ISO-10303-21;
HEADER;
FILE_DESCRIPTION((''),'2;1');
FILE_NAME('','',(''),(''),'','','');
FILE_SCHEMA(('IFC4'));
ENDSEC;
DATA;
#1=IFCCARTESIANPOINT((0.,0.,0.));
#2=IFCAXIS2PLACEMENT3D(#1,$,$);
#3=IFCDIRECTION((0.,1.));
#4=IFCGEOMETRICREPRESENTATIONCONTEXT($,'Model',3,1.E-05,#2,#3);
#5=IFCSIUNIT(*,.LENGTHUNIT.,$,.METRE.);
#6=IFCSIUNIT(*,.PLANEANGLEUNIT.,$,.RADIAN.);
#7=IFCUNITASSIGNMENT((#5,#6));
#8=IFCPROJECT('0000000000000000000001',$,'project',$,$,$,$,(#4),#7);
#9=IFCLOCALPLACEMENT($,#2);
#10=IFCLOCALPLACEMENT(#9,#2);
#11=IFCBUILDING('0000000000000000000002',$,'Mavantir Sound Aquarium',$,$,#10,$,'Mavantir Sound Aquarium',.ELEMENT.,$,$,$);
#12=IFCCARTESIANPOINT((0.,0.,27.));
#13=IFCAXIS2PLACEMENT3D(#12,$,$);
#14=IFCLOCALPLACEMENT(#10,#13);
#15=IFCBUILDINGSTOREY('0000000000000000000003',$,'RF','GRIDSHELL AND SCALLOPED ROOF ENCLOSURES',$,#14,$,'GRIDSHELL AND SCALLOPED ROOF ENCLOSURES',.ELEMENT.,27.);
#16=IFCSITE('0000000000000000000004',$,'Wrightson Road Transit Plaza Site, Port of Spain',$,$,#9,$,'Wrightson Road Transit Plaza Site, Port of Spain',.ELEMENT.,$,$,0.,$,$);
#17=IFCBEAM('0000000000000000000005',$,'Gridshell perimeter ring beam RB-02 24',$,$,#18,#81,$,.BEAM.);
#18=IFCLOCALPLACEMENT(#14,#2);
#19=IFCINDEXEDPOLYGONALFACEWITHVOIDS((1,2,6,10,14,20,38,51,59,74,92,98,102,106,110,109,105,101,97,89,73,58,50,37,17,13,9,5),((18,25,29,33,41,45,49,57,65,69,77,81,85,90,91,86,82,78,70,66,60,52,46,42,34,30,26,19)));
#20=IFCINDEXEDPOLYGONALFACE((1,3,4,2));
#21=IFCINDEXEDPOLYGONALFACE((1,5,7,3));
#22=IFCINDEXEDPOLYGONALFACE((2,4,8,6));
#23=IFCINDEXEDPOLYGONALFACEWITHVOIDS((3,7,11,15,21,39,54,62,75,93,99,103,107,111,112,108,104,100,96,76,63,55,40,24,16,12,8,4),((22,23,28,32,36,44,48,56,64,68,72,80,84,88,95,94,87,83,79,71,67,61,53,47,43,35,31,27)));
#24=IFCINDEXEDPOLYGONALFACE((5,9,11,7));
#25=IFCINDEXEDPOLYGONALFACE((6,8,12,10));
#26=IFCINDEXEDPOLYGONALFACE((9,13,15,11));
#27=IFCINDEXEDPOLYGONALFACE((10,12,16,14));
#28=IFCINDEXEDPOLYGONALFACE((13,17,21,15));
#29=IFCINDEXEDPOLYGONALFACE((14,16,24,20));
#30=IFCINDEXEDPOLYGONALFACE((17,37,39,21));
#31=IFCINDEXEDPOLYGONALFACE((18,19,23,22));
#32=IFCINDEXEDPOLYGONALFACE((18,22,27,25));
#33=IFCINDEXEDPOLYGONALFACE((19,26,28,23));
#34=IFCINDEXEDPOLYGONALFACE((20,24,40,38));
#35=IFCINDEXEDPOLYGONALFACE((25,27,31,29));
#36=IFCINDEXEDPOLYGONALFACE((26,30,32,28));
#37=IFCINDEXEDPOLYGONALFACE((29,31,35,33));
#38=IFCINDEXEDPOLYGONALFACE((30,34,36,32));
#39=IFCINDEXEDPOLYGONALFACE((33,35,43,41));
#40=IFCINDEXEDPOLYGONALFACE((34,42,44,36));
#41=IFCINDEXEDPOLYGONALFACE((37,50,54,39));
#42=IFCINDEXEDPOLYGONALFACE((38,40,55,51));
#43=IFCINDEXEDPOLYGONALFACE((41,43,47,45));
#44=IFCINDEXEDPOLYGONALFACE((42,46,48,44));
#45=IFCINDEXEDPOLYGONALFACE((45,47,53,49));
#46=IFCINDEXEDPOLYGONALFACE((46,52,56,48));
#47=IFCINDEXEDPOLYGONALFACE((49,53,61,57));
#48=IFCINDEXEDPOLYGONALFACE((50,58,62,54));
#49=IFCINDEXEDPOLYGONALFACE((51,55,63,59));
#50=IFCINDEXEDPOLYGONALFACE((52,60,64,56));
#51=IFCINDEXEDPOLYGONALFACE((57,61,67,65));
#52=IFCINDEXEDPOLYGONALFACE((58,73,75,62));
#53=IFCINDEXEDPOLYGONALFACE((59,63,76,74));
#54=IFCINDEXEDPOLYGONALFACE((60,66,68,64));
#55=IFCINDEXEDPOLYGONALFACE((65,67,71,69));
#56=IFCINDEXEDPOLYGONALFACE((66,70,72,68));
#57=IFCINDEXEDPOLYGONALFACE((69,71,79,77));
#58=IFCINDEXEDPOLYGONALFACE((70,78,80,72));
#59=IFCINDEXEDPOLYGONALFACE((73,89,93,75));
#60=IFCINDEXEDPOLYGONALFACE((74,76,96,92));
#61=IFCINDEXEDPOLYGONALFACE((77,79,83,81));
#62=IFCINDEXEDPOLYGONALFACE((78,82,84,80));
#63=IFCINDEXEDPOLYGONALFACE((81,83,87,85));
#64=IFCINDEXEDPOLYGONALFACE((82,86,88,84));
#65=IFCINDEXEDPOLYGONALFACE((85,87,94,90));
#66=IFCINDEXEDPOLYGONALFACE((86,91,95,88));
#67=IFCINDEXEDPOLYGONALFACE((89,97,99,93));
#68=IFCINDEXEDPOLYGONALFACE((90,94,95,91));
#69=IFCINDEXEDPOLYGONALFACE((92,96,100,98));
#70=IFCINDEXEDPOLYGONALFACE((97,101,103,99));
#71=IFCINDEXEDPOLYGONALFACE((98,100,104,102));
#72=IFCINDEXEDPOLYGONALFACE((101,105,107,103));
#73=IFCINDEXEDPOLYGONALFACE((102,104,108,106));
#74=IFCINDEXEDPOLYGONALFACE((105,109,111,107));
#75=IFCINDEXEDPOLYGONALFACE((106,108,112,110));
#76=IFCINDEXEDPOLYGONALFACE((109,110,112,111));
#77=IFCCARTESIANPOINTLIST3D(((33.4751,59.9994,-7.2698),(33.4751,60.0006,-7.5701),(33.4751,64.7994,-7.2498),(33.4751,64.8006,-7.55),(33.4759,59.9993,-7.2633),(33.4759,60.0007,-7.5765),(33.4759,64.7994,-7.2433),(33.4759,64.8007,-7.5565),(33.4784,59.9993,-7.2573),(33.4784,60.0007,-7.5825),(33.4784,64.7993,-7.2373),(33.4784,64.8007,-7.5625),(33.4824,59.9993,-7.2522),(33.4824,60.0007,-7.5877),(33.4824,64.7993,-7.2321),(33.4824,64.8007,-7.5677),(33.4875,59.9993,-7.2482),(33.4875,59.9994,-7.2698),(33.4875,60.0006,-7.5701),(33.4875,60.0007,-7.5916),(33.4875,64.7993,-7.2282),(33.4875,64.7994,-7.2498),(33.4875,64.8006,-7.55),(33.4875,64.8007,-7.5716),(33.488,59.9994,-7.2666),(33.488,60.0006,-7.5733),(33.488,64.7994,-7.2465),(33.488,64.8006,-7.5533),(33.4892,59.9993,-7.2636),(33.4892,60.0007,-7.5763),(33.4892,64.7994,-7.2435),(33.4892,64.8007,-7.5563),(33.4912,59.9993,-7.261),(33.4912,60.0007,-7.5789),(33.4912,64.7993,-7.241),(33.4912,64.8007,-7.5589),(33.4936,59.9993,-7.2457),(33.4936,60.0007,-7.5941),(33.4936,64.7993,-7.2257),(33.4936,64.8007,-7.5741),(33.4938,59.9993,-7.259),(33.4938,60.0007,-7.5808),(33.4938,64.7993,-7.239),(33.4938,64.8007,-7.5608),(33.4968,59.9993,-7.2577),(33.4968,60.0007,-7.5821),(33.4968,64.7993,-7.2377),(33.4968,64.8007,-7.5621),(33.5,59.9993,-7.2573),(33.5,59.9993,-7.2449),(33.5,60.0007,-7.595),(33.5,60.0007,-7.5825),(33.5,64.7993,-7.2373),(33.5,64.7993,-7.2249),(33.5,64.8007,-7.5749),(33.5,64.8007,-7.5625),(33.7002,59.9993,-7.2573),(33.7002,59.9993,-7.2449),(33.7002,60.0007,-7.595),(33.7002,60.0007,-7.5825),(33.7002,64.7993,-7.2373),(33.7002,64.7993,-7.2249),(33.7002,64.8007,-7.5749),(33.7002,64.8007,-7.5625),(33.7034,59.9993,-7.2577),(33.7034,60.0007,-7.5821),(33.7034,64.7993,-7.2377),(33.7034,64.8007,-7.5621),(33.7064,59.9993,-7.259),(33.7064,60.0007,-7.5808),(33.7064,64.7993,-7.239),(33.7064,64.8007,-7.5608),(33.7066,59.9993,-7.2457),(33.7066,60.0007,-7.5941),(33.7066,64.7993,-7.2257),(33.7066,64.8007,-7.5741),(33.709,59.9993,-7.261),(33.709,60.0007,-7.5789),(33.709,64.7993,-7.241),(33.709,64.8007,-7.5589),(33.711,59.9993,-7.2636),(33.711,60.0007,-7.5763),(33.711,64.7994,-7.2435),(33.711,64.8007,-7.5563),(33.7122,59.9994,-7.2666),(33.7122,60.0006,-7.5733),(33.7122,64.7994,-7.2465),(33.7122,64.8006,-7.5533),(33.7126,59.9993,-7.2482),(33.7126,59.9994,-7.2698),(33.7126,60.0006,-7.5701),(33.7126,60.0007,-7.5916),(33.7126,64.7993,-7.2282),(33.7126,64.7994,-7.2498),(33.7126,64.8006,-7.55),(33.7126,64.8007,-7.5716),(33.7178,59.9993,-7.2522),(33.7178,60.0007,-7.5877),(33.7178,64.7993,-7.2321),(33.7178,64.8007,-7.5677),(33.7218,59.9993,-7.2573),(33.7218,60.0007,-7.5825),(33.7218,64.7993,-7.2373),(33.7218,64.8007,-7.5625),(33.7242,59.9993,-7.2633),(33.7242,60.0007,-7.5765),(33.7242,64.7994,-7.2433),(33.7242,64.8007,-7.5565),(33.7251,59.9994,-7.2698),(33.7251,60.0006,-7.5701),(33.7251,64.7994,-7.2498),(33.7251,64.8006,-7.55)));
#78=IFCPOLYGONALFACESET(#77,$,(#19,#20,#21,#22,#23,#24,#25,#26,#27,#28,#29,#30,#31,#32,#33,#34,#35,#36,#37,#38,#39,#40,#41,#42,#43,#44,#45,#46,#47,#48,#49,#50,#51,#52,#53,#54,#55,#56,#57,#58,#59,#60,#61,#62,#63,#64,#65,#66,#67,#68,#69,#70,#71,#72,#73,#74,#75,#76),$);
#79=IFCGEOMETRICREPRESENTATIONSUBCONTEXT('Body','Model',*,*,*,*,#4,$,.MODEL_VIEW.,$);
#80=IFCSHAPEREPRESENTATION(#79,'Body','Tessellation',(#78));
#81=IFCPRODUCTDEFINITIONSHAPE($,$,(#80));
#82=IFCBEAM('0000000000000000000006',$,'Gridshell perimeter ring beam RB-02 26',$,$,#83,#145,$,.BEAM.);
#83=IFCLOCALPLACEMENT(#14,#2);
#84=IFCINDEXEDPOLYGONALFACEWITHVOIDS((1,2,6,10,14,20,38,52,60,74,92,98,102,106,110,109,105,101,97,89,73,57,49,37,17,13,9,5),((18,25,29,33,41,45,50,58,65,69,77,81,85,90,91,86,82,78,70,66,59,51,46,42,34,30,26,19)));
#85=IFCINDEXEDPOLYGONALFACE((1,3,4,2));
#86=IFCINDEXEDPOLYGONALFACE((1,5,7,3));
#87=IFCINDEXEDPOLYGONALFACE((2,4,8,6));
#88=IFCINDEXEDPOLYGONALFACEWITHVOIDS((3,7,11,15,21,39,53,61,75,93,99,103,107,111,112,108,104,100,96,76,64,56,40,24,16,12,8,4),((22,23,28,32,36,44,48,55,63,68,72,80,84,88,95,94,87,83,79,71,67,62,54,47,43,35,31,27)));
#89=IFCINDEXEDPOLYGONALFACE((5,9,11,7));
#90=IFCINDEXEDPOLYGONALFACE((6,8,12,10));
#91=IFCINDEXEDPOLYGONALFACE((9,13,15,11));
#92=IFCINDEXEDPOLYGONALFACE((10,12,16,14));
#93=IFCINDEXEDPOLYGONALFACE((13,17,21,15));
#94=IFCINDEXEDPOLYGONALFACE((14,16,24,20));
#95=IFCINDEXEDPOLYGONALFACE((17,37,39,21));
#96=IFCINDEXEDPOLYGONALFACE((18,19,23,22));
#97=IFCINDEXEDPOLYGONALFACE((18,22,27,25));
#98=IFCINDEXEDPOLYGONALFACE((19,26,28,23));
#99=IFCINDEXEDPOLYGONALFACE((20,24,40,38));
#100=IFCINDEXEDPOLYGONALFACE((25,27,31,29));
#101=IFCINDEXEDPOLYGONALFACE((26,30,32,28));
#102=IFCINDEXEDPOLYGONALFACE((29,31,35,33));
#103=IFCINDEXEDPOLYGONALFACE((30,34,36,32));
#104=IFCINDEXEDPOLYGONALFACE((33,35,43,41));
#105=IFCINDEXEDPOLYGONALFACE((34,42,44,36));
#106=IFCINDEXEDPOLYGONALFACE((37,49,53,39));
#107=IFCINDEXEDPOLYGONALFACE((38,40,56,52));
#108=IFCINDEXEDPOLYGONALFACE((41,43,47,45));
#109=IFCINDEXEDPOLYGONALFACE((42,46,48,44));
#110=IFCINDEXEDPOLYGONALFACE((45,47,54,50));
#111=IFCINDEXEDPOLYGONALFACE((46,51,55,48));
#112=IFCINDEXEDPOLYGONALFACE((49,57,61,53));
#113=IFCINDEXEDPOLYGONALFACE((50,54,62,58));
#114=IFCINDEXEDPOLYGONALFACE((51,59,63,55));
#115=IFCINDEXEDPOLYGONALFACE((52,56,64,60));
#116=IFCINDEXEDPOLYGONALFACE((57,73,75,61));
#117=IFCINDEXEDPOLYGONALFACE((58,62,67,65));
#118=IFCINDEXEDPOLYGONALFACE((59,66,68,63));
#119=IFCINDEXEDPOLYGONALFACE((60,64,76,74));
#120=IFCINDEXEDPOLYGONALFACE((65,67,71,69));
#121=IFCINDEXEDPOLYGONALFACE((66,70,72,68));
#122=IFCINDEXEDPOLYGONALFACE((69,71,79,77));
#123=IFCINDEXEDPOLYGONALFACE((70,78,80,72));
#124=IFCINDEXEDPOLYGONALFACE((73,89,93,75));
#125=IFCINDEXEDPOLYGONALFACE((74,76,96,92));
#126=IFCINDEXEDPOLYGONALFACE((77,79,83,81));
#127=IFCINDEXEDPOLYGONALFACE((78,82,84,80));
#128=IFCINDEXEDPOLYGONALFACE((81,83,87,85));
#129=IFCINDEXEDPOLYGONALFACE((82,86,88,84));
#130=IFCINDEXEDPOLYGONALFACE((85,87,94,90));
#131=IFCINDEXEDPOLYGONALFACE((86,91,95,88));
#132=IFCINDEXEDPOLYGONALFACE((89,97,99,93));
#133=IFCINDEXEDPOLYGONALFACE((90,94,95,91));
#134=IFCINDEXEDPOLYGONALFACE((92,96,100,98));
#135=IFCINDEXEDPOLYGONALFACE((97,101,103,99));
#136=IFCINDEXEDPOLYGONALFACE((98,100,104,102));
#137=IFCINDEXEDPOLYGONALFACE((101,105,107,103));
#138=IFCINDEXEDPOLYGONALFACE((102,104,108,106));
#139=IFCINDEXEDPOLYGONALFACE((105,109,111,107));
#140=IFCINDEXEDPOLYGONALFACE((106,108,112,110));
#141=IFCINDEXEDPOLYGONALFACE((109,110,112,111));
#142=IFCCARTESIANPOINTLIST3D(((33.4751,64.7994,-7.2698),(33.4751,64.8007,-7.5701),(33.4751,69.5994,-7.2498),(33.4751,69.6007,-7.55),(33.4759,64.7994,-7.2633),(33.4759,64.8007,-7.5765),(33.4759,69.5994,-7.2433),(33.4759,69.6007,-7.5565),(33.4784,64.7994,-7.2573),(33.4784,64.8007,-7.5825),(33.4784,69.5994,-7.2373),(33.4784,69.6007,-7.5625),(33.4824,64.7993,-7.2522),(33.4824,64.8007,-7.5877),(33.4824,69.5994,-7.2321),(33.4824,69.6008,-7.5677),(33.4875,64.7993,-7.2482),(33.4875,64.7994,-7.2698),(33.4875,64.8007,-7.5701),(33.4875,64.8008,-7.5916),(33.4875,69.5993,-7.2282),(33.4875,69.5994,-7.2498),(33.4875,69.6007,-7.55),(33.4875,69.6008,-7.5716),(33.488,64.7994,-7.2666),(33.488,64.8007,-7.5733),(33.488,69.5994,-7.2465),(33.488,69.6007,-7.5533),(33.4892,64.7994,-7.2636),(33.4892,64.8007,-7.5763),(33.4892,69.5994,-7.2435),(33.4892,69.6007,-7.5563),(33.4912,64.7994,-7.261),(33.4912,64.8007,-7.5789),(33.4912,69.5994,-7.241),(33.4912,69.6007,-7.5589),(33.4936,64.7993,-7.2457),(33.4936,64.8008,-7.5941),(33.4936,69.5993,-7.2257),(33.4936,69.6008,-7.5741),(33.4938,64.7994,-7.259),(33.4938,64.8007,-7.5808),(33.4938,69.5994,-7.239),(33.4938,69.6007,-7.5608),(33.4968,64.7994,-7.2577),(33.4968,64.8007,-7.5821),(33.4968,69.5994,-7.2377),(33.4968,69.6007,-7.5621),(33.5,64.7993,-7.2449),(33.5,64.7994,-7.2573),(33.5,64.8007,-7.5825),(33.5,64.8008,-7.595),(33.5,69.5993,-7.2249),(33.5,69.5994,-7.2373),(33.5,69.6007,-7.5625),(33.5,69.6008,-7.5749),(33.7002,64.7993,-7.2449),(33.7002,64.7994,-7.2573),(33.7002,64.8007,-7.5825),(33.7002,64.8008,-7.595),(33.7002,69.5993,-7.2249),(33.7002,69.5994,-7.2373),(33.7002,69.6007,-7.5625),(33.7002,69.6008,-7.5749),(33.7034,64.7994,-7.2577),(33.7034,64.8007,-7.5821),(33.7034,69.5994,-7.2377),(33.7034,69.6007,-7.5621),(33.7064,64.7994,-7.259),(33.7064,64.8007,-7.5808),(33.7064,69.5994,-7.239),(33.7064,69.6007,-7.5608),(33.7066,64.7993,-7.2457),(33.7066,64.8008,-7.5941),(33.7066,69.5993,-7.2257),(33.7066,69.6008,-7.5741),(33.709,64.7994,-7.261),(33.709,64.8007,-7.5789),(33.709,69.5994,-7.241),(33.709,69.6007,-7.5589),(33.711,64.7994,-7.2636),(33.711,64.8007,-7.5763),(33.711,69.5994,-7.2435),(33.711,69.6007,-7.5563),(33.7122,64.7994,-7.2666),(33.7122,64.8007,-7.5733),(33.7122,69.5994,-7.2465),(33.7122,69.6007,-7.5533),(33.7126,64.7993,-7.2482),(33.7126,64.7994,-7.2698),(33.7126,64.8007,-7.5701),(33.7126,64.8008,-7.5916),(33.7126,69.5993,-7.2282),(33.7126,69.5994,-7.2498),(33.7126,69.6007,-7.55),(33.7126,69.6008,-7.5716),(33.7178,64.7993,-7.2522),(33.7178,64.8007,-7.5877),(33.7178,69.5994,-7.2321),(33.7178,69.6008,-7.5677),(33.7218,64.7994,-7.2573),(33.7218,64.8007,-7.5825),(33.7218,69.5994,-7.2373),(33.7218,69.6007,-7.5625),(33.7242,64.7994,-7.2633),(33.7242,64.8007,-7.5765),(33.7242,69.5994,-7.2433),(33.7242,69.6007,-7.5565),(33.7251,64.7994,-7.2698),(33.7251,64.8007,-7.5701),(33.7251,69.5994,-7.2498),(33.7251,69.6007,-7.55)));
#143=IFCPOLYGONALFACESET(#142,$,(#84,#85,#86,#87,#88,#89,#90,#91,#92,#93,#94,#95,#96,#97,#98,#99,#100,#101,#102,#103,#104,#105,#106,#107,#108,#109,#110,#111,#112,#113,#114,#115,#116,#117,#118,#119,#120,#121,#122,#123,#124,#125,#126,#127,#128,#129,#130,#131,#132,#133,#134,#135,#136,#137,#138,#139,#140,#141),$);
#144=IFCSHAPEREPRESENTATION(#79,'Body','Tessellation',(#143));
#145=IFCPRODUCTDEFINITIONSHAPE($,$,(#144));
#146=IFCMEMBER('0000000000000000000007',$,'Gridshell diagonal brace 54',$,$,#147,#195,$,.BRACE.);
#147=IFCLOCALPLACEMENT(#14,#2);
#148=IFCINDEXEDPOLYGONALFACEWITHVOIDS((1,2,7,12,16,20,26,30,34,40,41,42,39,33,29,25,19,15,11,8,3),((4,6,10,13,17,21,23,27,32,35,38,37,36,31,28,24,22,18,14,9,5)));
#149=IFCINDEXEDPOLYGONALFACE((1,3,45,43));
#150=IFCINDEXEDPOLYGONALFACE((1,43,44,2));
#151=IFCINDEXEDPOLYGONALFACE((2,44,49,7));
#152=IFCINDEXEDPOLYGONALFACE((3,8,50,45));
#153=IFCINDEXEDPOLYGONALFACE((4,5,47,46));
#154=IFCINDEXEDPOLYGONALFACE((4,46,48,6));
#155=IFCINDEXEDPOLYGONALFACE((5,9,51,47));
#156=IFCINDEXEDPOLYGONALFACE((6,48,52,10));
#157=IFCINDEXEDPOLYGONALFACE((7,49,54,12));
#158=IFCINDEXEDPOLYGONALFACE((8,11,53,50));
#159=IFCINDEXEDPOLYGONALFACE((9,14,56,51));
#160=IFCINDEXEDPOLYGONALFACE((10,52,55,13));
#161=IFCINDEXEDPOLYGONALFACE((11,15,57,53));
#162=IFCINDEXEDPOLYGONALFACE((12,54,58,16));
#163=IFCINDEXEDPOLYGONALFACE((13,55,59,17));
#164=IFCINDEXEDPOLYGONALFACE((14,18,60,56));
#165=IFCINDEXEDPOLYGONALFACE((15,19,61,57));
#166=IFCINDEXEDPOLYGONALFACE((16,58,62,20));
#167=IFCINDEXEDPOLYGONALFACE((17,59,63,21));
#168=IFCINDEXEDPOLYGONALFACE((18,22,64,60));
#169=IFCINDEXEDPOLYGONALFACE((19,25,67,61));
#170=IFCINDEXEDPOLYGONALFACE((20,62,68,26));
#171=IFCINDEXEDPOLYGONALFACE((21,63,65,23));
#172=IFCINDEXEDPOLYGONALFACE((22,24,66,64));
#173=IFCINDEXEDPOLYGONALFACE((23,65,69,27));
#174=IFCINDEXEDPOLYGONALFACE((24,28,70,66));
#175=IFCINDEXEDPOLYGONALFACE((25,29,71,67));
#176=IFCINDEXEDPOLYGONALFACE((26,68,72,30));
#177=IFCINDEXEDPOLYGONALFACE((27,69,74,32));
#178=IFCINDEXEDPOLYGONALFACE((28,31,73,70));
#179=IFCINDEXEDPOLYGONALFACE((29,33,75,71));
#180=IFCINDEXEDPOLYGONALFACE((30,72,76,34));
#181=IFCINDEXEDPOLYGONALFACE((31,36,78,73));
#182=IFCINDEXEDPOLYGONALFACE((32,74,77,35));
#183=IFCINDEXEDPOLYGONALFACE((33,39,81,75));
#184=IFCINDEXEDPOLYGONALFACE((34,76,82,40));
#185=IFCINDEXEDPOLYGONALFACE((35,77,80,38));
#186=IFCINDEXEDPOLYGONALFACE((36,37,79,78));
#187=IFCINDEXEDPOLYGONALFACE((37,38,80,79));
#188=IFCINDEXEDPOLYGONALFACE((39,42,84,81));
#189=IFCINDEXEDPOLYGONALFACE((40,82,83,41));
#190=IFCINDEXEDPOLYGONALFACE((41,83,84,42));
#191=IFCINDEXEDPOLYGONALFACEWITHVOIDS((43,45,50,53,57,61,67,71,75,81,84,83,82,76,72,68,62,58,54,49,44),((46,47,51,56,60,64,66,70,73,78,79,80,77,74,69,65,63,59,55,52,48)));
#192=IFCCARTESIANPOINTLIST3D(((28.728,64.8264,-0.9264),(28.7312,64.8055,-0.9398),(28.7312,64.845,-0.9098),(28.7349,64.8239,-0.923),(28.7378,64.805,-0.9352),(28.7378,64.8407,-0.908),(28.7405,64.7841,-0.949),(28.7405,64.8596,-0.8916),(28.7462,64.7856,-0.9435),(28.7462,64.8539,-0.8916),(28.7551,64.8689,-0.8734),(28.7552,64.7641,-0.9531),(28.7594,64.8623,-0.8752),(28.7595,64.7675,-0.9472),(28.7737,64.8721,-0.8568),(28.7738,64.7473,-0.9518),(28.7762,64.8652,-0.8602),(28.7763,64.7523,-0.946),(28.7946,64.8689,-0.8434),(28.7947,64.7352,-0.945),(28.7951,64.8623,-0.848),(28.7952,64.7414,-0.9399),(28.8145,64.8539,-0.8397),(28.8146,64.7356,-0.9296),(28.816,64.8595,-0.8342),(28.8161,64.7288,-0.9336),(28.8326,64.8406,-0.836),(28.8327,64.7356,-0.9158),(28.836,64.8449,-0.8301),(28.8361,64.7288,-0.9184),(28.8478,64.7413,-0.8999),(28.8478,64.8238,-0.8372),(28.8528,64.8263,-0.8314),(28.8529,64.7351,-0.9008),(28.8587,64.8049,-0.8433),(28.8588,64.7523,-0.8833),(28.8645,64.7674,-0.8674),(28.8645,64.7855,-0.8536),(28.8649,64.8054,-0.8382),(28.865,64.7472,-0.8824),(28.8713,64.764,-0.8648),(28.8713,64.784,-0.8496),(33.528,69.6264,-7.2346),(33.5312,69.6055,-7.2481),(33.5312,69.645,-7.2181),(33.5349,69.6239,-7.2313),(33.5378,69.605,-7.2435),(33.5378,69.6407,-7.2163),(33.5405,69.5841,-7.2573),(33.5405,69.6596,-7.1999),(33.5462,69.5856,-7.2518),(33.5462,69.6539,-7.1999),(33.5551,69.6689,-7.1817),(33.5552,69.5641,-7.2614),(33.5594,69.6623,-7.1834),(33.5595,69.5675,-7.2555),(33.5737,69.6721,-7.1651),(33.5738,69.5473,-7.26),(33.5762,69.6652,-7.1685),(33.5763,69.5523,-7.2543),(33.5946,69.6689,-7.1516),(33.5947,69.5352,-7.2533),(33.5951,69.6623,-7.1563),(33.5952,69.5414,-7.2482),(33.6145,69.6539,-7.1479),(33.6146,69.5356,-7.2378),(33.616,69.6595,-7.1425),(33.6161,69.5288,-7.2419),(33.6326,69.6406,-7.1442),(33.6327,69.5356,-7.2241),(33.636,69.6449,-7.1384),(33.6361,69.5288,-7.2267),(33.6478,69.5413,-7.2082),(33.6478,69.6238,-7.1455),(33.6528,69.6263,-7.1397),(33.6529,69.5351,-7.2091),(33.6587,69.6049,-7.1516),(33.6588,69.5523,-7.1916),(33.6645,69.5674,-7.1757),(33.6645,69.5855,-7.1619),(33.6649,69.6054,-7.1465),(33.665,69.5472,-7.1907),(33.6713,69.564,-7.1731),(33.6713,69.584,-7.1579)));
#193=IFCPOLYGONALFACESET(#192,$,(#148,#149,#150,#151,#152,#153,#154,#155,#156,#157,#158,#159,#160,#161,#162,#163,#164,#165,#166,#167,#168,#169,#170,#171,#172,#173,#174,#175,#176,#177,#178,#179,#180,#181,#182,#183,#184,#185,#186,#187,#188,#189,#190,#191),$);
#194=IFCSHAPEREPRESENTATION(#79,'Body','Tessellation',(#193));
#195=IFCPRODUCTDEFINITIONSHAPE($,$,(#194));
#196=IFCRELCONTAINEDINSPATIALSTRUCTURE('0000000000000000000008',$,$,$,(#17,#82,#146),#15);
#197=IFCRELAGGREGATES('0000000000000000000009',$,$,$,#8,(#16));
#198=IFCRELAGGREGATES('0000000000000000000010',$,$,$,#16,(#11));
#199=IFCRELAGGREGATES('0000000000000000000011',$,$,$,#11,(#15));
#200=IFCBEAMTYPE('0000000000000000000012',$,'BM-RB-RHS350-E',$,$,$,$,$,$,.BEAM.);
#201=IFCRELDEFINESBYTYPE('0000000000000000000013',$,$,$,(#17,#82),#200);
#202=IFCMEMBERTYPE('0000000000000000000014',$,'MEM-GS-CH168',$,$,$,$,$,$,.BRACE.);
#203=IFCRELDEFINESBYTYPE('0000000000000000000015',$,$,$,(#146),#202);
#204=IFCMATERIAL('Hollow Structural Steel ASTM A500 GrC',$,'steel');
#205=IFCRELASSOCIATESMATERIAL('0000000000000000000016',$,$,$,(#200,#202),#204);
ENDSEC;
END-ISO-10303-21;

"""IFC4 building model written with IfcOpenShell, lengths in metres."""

from ifc_helpers import new_model, si_unit, direction, frame, origin, origin_2d, place, context, subcontext, project, spatial, hollow_rectangle, hollow_circle, extrude, material, material_profile, profile_set, type_object, element, save


model = new_model("IFC4")

# Units and contexts
model_context = context("Model", 3, precision=1e-05, world=origin(), true_north=direction((0.0, 1.0)))
body_context = subcontext(model_context, "Body", "Model", "MODEL_VIEW")
ifc_project = project(units=[si_unit("LENGTHUNIT", "METRE"), si_unit("PLANEANGLEUNIT", "RADIAN")], contexts=[model_context])

# Site, building, storey
site_placement = place(None, origin())
site = spatial("IfcSite", under=ifc_project, at=site_placement, Name="Wrightson Road Transit Plaza Site, Port of Spain", LongName="Wrightson Road Transit Plaza Site, Port of Spain", CompositionType="ELEMENT", RefElevation=0.0)
building_placement = place(site_placement, origin())
building = spatial("IfcBuilding", under=site, at=building_placement, Name="Mavantir Sound Aquarium", LongName="Mavantir Sound Aquarium", CompositionType="ELEMENT")
storey_placement = place(building_placement, frame((0.0, 0.0, 27.0)))
storey = spatial("IfcBuildingStorey", under=building, at=storey_placement, Name="RF", Description="GRIDSHELL AND SCALLOPED ROOF ENCLOSURES", LongName="GRIDSHELL AND SCALLOPED ROOF ENCLOSURES", CompositionType="ELEMENT", Elevation=27.0)

# Beams
ifc_material_1 = material(Name="Hollow Structural Steel ASTM A500 GrC", Category="steel")
ifc_material_profile_1 = material_profile(ifc_material_1, hollow_rectangle(XDim=0.25, YDim=0.3501, WallThickness=0.0125, InnerFilletRadius=0.0125, OuterFilletRadius=0.0249, at=origin_2d()), Name="RHS 350X250X12.5")
ifc_profile_set_1 = profile_set([ifc_material_profile_1], Name="Hollow Structural Steel ASTM A500 GrC")
beam_type = type_object("IfcBeamType", Name="BM-RB-RHS350-E", PredefinedType="BEAM", material=ifc_profile_set_1)
for number, where, z_axis, x_axis, name in (
    (1, (33.6001, 60.0, -7.4199), (0.0, 0.999991, 0.004171), (-1.0, 0.0, 0.0), "Gridshell perimeter ring beam RB-02 24"),
    (2, (33.6001, 64.8, -7.4199), (0.0, 0.999991, 0.004171), (-1.0, 0.0, 0.0), "Gridshell perimeter ring beam RB-02 26"),
):
    element("IfcBeam", number, at=place(storey_placement, frame(where, z_axis=z_axis, x_axis=x_axis)), inside=storey, type_object=beam_type, Name=name, PredefinedType="BEAM", context=body_context, shape_type="SweptSolid", body=[
        extrude(hollow_rectangle(XDim=0.25, YDim=0.3501, WallThickness=0.0125, InnerFilletRadius=0.0125, OuterFilletRadius=0.0249, at=origin_2d()), origin(), (0.0, 0.0, 1.0), 4.8),
    ])

# Member
ifc_material_profile_2 = material_profile(ifc_material_1, hollow_circle(Radius=0.0842, WallThickness=0.0081, at=origin_2d()), Name="CHS 168.3X8")
ifc_profile_set_2 = profile_set([ifc_material_profile_2], Name="Hollow Structural Steel ASTM A500 GrC")
member_type_1 = type_object("IfcMemberType", Name="MEM-GS-CH168", PredefinedType="BRACE", material=ifc_profile_set_2)
member_1_placement = place(storey_placement, frame((28.8, 64.8, -0.8916), z_axis=(0.517975, 0.517975, -0.680737), x_axis=(-0.707107, 0.707107, 0.0)))
element("IfcMember", 3, at=member_1_placement, inside=storey, type_object=member_type_1, Name="Gridshell diagonal brace 54", PredefinedType="BRACE", context=body_context, shape_type="SweptSolid", body=[
    extrude(hollow_circle(Radius=0.0842, WallThickness=0.0081, at=origin_2d()), origin(), (0.0, 0.0, 1.0), 9.2668),
])

save(model, "model.ifc")
